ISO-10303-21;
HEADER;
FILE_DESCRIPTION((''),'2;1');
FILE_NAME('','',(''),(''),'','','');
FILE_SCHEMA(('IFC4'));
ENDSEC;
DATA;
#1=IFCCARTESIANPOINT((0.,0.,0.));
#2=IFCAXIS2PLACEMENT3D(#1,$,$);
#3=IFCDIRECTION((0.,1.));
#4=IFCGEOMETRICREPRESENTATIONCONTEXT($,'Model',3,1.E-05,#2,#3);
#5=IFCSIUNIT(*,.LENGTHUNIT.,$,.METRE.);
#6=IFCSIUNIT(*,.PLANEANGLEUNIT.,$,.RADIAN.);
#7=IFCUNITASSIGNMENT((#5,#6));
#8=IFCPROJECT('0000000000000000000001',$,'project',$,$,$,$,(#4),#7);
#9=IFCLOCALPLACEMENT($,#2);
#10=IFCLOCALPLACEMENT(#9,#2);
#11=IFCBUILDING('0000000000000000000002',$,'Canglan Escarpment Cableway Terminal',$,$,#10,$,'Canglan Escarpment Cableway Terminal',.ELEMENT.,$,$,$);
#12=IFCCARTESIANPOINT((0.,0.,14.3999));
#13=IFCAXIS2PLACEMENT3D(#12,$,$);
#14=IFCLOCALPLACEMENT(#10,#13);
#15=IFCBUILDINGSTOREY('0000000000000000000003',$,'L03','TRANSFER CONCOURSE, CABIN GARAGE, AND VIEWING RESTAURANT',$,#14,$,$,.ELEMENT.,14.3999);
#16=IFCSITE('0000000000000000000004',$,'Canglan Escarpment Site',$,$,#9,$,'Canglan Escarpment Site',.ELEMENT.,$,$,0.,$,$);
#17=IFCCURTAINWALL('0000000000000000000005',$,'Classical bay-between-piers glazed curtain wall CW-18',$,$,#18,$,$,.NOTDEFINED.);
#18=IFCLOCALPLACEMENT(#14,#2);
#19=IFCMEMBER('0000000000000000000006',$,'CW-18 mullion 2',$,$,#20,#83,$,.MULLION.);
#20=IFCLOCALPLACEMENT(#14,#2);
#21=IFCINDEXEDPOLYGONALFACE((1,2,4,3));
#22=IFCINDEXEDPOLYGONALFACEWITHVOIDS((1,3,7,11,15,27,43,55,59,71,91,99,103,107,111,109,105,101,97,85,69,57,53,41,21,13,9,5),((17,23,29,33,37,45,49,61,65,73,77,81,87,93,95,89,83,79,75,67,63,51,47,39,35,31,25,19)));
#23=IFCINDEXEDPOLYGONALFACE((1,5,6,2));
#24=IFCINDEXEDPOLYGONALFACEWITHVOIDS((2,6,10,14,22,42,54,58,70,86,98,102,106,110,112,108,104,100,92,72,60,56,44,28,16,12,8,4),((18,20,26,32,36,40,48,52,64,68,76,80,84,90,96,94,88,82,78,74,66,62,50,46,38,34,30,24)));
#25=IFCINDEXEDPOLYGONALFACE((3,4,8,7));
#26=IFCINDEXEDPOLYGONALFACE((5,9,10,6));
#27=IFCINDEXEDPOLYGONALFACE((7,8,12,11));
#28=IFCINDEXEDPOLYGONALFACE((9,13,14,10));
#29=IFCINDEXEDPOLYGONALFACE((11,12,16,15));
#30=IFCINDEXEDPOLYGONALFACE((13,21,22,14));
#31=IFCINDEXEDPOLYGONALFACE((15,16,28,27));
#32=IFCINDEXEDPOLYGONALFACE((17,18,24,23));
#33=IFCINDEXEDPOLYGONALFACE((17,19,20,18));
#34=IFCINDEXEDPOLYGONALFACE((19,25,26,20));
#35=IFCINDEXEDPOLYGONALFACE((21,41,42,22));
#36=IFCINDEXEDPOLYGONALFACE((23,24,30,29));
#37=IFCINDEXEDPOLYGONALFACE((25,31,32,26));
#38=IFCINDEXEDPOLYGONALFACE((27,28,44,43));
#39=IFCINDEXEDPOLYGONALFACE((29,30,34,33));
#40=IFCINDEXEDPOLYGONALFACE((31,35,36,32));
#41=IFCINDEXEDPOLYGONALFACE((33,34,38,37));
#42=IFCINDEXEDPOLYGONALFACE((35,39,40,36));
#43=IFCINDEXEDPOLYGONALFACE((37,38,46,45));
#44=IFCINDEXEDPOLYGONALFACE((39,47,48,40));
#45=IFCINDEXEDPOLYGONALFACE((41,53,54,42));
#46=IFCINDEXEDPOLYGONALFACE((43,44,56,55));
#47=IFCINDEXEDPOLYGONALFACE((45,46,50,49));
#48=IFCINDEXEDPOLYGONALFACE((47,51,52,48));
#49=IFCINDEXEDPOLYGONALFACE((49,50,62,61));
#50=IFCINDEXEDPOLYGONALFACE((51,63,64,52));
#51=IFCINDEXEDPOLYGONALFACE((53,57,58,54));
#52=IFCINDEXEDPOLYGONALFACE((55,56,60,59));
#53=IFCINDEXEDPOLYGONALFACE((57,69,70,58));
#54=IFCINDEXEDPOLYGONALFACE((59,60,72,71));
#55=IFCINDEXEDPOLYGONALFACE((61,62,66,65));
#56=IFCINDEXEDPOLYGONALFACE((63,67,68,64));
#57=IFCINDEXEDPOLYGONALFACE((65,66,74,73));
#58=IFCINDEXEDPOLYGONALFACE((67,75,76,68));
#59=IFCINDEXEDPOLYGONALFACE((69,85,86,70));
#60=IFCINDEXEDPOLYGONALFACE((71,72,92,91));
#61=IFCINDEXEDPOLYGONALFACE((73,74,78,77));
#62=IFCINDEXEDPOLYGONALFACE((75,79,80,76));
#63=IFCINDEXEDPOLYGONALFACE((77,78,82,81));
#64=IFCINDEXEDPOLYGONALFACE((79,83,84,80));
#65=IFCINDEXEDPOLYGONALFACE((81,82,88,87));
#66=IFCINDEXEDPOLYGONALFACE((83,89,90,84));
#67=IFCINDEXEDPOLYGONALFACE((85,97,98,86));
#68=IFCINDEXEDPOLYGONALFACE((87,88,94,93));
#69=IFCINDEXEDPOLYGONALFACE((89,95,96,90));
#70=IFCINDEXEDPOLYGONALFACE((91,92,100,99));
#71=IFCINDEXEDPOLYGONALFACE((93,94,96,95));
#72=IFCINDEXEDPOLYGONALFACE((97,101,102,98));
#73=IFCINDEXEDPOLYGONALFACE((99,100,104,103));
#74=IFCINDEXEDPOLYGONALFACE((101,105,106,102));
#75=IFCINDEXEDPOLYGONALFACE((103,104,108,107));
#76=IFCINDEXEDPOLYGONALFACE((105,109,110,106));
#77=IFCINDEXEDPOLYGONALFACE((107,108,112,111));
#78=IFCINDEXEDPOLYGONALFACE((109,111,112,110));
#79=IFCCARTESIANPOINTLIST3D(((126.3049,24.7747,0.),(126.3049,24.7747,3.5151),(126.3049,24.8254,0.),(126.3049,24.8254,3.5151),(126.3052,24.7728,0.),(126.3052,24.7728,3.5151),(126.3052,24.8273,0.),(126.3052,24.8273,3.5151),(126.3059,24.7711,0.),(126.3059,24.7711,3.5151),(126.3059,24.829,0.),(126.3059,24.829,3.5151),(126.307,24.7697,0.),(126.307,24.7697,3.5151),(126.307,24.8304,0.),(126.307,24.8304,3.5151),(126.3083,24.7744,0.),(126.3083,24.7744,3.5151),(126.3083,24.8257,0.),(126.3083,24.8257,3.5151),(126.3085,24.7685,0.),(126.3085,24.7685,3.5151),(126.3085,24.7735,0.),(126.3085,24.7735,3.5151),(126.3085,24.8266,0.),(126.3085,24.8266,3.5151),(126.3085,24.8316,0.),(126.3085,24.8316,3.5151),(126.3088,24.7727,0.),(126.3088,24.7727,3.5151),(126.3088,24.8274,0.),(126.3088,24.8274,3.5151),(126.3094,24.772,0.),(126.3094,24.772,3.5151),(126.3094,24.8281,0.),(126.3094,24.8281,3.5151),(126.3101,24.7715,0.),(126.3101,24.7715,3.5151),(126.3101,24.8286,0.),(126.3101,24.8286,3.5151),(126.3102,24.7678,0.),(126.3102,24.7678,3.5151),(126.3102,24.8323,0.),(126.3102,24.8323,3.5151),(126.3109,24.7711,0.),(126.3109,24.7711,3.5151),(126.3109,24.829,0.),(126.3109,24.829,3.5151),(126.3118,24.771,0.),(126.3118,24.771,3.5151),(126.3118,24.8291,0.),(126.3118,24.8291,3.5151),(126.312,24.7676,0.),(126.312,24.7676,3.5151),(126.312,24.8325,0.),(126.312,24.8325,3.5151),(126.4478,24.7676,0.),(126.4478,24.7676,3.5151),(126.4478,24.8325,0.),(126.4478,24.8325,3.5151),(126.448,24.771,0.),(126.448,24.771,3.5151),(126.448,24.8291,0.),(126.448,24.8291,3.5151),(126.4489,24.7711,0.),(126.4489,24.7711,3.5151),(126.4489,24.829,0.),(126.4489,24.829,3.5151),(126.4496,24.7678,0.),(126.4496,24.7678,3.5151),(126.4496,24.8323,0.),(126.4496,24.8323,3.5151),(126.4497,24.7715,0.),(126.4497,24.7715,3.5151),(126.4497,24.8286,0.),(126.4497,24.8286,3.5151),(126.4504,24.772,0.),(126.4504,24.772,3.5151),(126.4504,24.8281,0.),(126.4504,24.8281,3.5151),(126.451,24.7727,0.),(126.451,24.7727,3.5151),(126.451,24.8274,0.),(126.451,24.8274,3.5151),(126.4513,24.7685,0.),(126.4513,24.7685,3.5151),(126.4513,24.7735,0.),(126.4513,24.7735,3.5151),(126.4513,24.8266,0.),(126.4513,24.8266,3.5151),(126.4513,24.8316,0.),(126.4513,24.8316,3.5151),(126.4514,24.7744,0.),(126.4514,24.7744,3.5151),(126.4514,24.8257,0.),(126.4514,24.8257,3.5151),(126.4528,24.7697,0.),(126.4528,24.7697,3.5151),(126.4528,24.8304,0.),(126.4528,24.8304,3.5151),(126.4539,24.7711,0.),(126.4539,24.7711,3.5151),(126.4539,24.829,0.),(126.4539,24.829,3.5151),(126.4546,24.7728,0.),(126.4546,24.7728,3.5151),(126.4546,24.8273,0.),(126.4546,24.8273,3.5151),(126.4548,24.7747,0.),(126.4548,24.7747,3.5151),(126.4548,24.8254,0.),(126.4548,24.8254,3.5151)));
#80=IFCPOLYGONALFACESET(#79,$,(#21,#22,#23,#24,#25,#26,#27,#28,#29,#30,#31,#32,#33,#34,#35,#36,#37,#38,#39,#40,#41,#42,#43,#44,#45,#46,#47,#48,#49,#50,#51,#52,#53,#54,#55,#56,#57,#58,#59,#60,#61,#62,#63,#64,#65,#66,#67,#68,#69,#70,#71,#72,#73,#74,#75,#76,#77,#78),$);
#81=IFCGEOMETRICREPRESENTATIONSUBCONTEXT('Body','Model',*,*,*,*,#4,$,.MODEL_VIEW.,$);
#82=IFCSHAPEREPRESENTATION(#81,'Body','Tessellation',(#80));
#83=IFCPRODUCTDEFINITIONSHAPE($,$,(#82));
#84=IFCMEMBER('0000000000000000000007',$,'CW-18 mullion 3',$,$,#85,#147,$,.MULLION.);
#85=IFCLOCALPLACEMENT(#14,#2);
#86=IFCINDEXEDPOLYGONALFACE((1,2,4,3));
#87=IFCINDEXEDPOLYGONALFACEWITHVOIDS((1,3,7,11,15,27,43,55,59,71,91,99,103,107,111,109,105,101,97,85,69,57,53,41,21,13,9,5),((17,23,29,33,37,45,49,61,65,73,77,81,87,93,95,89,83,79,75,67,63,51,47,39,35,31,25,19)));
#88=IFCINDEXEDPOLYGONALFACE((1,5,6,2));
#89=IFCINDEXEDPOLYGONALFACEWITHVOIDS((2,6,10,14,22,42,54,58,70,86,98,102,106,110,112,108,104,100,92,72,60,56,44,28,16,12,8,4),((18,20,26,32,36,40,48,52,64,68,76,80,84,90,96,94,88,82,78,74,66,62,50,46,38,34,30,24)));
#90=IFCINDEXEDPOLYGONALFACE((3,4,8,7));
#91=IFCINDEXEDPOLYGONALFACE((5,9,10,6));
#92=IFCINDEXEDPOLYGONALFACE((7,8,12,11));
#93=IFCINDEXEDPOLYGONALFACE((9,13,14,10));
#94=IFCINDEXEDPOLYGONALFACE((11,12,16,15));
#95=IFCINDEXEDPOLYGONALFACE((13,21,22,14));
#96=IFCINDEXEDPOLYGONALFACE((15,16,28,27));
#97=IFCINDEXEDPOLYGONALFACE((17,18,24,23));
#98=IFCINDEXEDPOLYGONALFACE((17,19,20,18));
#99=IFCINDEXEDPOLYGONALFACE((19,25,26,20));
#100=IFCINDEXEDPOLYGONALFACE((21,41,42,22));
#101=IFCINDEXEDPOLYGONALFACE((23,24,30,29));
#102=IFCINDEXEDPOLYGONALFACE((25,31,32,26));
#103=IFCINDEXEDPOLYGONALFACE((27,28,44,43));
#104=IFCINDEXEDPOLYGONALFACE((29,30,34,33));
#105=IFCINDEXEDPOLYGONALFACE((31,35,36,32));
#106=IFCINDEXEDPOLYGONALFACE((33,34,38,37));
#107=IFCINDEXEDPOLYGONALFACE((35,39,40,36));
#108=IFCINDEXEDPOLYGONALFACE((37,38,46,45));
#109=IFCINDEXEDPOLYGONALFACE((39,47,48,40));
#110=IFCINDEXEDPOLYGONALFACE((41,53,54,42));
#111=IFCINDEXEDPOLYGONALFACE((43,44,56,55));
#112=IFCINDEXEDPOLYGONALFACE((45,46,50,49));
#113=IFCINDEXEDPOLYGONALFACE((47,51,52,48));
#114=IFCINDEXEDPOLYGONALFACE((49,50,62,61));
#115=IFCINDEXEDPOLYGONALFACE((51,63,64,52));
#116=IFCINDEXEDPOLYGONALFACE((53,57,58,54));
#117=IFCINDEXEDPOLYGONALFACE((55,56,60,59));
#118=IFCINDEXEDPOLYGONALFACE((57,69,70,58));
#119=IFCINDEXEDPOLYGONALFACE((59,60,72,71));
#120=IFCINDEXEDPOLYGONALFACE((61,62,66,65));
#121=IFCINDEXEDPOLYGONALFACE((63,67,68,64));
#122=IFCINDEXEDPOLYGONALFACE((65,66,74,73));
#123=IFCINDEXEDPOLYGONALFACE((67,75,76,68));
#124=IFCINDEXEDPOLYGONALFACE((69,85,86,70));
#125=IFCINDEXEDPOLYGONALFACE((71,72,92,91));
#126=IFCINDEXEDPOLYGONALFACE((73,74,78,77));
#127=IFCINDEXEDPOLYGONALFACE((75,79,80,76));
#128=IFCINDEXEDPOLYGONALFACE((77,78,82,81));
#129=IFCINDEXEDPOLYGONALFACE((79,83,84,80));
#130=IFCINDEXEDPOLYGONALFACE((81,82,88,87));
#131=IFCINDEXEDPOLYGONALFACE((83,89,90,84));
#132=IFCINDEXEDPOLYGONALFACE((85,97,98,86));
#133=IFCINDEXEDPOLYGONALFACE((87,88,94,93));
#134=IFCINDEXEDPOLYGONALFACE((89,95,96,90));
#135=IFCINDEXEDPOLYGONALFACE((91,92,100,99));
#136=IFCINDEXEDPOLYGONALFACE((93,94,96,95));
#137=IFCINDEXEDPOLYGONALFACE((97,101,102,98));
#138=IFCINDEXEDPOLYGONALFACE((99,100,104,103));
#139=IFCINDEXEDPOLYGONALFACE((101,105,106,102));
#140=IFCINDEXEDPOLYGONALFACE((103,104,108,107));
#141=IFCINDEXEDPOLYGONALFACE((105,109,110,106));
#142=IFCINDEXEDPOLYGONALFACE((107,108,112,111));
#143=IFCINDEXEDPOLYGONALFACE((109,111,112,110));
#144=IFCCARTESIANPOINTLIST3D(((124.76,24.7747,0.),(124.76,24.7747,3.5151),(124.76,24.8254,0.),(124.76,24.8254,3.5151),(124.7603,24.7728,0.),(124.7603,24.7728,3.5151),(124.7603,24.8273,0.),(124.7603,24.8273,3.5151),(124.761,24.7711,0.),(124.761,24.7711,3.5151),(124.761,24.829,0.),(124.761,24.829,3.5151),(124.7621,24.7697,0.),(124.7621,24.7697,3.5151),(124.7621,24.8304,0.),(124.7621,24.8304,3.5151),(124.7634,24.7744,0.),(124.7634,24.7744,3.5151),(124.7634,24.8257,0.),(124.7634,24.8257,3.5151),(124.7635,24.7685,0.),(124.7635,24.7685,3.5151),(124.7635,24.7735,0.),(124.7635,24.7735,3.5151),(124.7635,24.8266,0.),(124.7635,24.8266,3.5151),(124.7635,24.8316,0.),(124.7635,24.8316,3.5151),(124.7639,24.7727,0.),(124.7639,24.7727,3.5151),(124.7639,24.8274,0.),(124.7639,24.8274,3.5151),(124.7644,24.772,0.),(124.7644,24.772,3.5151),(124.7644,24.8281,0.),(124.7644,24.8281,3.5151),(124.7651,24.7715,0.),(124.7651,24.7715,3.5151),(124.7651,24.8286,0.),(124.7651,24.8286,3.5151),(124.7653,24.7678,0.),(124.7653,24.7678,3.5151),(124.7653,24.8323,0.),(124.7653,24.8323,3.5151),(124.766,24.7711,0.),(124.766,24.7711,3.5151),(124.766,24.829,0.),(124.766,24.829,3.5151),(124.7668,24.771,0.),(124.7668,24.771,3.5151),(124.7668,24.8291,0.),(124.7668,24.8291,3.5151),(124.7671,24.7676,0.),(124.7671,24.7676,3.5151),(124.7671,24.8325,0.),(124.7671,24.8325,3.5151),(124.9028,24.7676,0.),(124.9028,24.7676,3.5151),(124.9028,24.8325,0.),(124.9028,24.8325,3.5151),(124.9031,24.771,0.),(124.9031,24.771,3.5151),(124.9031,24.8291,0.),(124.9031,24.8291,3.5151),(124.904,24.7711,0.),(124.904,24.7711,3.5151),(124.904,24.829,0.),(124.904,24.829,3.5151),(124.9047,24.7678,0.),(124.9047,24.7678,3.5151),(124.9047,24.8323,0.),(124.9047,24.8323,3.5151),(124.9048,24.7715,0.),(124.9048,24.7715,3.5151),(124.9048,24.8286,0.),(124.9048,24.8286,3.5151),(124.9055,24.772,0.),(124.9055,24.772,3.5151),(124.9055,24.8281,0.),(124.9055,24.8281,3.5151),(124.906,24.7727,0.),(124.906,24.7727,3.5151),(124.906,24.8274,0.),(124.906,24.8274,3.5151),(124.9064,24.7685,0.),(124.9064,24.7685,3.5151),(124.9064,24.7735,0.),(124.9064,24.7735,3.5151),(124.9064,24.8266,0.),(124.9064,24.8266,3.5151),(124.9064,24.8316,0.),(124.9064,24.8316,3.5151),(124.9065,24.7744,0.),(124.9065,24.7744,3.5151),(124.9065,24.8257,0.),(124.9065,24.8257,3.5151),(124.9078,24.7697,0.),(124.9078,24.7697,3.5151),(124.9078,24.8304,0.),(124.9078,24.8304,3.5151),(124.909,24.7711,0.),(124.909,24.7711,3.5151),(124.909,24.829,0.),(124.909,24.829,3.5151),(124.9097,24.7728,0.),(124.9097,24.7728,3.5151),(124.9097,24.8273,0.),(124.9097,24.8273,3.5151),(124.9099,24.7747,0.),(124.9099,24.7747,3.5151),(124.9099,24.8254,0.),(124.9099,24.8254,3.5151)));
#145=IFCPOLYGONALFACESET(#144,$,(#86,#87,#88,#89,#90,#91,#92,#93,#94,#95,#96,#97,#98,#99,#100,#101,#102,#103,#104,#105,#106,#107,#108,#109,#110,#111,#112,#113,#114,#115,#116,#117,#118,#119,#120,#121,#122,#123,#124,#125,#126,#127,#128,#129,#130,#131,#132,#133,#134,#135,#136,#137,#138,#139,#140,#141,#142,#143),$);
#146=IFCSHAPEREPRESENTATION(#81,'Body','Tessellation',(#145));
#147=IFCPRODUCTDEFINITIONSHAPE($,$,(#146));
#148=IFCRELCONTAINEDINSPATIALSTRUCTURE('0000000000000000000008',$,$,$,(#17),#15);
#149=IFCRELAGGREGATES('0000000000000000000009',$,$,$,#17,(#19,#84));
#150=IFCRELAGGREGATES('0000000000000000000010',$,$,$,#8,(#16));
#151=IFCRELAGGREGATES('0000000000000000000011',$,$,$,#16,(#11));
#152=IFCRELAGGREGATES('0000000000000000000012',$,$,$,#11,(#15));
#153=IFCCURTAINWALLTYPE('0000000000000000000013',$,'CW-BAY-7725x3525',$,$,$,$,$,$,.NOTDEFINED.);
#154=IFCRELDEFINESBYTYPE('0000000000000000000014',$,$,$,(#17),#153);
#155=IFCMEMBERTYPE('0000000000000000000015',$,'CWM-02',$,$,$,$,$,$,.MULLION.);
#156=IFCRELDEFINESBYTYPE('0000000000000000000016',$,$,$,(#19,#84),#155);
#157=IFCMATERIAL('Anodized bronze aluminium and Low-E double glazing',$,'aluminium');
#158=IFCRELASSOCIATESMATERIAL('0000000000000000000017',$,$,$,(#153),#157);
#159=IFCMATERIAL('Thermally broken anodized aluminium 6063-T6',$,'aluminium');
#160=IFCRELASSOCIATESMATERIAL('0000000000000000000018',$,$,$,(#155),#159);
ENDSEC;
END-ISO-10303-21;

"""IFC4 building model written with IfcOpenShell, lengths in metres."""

from ifc_helpers import new_model, si_unit, direction, frame, origin, origin_2d, place, context, subcontext, project, spatial, hollow_rectangle, extrude, material, material_profile, profile_set, type_object, element, aggregate, save


model = new_model("IFC4")

# Units and contexts
model_context = context("Model", 3, precision=1e-05, world=origin(), true_north=direction((0.0, 1.0)))
body_context = subcontext(model_context, "Body", "Model", "MODEL_VIEW")
ifc_project = project(units=[si_unit("LENGTHUNIT", "METRE"), si_unit("PLANEANGLEUNIT", "RADIAN")], contexts=[model_context])

# Site, building, storey
site_placement = place(None, origin())
site = spatial("IfcSite", under=ifc_project, at=site_placement, Name="Canglan Escarpment Site", LongName="Canglan Escarpment Site", CompositionType="ELEMENT", RefElevation=0.0)
building_placement = place(site_placement, origin())
building = spatial("IfcBuilding", under=site, at=building_placement, Name="Canglan Escarpment Cableway Terminal", LongName="Canglan Escarpment Cableway Terminal", CompositionType="ELEMENT")
storey_placement = place(building_placement, frame((0.0, 0.0, 14.3999)))
storey = spatial("IfcBuildingStorey", under=building, at=storey_placement, Name="L03", Description="TRANSFER CONCOURSE, CABIN GARAGE, AND VIEWING RESTAURANT", CompositionType="ELEMENT", Elevation=14.3999)

# Curtain wall, members
ifc_material_1 = material(Name="Anodized bronze aluminium and Low-E double glazing", Category="aluminium")
curtain_wall_type = type_object("IfcCurtainWallType", Name="CW-BAY-7725x3525", PredefinedType="NOTDEFINED", material=ifc_material_1)
curtain_wall_placement = place(storey_placement, origin())
curtain_wall = element("IfcCurtainWall", 1, at=curtain_wall_placement, inside=storey, type_object=curtain_wall_type, Name="Classical bay-between-piers glazed curtain wall CW-18", PredefinedType="NOTDEFINED")
ifc_material_2 = material(Name="Thermally broken anodized aluminium 6063-T6", Category="aluminium")
ifc_material_profile_1 = material_profile(ifc_material_2, hollow_rectangle(XDim=0.0649, YDim=0.1499, WallThickness=0.0034, InnerFilletRadius=0.0034, OuterFilletRadius=0.0071, at=origin_2d()), Name="ALU-MULL 65x150x3.5")
ifc_profile_set_1 = profile_set([ifc_material_profile_1], Name="Thermally broken anodized aluminium 6063-T6")
member_type_1 = type_object("IfcMemberType", Name="CWM-02", PredefinedType="MULLION", material=ifc_profile_set_1)
member_1_placement = place(storey_placement, frame((126.3799, 24.8, 0.0), z_axis=(0.0, 0.0, 1.0), x_axis=(0.0, -1.0, 0.0)))
member_1 = element("IfcMember", 2, at=member_1_placement, type_object=member_type_1, Name="CW-18 mullion 2", PredefinedType="MULLION", context=body_context, shape_type="SweptSolid", body=[
    extrude(hollow_rectangle(XDim=0.0649, YDim=0.1499, WallThickness=0.0034, InnerFilletRadius=0.0034, OuterFilletRadius=0.0071, at=origin_2d()), origin(), (0.0, 0.0, 1.0), 3.5151),
])
member_2_placement = place(storey_placement, frame((124.835, 24.8, 0.0), z_axis=(0.0, 0.0, 1.0), x_axis=(0.0, -1.0, 0.0)))
member_2 = element("IfcMember", 3, at=member_2_placement, type_object=member_type_1, Name="CW-18 mullion 3", PredefinedType="MULLION", context=body_context, shape_type="SweptSolid", body=[
    extrude(hollow_rectangle(XDim=0.0649, YDim=0.1499, WallThickness=0.0034, InnerFilletRadius=0.0034, OuterFilletRadius=0.0071, at=origin_2d()), origin(), (0.0, 0.0, 1.0), 3.5151),
])
aggregate(curtain_wall, [member_1, member_2])

save(model, "model.ifc")
